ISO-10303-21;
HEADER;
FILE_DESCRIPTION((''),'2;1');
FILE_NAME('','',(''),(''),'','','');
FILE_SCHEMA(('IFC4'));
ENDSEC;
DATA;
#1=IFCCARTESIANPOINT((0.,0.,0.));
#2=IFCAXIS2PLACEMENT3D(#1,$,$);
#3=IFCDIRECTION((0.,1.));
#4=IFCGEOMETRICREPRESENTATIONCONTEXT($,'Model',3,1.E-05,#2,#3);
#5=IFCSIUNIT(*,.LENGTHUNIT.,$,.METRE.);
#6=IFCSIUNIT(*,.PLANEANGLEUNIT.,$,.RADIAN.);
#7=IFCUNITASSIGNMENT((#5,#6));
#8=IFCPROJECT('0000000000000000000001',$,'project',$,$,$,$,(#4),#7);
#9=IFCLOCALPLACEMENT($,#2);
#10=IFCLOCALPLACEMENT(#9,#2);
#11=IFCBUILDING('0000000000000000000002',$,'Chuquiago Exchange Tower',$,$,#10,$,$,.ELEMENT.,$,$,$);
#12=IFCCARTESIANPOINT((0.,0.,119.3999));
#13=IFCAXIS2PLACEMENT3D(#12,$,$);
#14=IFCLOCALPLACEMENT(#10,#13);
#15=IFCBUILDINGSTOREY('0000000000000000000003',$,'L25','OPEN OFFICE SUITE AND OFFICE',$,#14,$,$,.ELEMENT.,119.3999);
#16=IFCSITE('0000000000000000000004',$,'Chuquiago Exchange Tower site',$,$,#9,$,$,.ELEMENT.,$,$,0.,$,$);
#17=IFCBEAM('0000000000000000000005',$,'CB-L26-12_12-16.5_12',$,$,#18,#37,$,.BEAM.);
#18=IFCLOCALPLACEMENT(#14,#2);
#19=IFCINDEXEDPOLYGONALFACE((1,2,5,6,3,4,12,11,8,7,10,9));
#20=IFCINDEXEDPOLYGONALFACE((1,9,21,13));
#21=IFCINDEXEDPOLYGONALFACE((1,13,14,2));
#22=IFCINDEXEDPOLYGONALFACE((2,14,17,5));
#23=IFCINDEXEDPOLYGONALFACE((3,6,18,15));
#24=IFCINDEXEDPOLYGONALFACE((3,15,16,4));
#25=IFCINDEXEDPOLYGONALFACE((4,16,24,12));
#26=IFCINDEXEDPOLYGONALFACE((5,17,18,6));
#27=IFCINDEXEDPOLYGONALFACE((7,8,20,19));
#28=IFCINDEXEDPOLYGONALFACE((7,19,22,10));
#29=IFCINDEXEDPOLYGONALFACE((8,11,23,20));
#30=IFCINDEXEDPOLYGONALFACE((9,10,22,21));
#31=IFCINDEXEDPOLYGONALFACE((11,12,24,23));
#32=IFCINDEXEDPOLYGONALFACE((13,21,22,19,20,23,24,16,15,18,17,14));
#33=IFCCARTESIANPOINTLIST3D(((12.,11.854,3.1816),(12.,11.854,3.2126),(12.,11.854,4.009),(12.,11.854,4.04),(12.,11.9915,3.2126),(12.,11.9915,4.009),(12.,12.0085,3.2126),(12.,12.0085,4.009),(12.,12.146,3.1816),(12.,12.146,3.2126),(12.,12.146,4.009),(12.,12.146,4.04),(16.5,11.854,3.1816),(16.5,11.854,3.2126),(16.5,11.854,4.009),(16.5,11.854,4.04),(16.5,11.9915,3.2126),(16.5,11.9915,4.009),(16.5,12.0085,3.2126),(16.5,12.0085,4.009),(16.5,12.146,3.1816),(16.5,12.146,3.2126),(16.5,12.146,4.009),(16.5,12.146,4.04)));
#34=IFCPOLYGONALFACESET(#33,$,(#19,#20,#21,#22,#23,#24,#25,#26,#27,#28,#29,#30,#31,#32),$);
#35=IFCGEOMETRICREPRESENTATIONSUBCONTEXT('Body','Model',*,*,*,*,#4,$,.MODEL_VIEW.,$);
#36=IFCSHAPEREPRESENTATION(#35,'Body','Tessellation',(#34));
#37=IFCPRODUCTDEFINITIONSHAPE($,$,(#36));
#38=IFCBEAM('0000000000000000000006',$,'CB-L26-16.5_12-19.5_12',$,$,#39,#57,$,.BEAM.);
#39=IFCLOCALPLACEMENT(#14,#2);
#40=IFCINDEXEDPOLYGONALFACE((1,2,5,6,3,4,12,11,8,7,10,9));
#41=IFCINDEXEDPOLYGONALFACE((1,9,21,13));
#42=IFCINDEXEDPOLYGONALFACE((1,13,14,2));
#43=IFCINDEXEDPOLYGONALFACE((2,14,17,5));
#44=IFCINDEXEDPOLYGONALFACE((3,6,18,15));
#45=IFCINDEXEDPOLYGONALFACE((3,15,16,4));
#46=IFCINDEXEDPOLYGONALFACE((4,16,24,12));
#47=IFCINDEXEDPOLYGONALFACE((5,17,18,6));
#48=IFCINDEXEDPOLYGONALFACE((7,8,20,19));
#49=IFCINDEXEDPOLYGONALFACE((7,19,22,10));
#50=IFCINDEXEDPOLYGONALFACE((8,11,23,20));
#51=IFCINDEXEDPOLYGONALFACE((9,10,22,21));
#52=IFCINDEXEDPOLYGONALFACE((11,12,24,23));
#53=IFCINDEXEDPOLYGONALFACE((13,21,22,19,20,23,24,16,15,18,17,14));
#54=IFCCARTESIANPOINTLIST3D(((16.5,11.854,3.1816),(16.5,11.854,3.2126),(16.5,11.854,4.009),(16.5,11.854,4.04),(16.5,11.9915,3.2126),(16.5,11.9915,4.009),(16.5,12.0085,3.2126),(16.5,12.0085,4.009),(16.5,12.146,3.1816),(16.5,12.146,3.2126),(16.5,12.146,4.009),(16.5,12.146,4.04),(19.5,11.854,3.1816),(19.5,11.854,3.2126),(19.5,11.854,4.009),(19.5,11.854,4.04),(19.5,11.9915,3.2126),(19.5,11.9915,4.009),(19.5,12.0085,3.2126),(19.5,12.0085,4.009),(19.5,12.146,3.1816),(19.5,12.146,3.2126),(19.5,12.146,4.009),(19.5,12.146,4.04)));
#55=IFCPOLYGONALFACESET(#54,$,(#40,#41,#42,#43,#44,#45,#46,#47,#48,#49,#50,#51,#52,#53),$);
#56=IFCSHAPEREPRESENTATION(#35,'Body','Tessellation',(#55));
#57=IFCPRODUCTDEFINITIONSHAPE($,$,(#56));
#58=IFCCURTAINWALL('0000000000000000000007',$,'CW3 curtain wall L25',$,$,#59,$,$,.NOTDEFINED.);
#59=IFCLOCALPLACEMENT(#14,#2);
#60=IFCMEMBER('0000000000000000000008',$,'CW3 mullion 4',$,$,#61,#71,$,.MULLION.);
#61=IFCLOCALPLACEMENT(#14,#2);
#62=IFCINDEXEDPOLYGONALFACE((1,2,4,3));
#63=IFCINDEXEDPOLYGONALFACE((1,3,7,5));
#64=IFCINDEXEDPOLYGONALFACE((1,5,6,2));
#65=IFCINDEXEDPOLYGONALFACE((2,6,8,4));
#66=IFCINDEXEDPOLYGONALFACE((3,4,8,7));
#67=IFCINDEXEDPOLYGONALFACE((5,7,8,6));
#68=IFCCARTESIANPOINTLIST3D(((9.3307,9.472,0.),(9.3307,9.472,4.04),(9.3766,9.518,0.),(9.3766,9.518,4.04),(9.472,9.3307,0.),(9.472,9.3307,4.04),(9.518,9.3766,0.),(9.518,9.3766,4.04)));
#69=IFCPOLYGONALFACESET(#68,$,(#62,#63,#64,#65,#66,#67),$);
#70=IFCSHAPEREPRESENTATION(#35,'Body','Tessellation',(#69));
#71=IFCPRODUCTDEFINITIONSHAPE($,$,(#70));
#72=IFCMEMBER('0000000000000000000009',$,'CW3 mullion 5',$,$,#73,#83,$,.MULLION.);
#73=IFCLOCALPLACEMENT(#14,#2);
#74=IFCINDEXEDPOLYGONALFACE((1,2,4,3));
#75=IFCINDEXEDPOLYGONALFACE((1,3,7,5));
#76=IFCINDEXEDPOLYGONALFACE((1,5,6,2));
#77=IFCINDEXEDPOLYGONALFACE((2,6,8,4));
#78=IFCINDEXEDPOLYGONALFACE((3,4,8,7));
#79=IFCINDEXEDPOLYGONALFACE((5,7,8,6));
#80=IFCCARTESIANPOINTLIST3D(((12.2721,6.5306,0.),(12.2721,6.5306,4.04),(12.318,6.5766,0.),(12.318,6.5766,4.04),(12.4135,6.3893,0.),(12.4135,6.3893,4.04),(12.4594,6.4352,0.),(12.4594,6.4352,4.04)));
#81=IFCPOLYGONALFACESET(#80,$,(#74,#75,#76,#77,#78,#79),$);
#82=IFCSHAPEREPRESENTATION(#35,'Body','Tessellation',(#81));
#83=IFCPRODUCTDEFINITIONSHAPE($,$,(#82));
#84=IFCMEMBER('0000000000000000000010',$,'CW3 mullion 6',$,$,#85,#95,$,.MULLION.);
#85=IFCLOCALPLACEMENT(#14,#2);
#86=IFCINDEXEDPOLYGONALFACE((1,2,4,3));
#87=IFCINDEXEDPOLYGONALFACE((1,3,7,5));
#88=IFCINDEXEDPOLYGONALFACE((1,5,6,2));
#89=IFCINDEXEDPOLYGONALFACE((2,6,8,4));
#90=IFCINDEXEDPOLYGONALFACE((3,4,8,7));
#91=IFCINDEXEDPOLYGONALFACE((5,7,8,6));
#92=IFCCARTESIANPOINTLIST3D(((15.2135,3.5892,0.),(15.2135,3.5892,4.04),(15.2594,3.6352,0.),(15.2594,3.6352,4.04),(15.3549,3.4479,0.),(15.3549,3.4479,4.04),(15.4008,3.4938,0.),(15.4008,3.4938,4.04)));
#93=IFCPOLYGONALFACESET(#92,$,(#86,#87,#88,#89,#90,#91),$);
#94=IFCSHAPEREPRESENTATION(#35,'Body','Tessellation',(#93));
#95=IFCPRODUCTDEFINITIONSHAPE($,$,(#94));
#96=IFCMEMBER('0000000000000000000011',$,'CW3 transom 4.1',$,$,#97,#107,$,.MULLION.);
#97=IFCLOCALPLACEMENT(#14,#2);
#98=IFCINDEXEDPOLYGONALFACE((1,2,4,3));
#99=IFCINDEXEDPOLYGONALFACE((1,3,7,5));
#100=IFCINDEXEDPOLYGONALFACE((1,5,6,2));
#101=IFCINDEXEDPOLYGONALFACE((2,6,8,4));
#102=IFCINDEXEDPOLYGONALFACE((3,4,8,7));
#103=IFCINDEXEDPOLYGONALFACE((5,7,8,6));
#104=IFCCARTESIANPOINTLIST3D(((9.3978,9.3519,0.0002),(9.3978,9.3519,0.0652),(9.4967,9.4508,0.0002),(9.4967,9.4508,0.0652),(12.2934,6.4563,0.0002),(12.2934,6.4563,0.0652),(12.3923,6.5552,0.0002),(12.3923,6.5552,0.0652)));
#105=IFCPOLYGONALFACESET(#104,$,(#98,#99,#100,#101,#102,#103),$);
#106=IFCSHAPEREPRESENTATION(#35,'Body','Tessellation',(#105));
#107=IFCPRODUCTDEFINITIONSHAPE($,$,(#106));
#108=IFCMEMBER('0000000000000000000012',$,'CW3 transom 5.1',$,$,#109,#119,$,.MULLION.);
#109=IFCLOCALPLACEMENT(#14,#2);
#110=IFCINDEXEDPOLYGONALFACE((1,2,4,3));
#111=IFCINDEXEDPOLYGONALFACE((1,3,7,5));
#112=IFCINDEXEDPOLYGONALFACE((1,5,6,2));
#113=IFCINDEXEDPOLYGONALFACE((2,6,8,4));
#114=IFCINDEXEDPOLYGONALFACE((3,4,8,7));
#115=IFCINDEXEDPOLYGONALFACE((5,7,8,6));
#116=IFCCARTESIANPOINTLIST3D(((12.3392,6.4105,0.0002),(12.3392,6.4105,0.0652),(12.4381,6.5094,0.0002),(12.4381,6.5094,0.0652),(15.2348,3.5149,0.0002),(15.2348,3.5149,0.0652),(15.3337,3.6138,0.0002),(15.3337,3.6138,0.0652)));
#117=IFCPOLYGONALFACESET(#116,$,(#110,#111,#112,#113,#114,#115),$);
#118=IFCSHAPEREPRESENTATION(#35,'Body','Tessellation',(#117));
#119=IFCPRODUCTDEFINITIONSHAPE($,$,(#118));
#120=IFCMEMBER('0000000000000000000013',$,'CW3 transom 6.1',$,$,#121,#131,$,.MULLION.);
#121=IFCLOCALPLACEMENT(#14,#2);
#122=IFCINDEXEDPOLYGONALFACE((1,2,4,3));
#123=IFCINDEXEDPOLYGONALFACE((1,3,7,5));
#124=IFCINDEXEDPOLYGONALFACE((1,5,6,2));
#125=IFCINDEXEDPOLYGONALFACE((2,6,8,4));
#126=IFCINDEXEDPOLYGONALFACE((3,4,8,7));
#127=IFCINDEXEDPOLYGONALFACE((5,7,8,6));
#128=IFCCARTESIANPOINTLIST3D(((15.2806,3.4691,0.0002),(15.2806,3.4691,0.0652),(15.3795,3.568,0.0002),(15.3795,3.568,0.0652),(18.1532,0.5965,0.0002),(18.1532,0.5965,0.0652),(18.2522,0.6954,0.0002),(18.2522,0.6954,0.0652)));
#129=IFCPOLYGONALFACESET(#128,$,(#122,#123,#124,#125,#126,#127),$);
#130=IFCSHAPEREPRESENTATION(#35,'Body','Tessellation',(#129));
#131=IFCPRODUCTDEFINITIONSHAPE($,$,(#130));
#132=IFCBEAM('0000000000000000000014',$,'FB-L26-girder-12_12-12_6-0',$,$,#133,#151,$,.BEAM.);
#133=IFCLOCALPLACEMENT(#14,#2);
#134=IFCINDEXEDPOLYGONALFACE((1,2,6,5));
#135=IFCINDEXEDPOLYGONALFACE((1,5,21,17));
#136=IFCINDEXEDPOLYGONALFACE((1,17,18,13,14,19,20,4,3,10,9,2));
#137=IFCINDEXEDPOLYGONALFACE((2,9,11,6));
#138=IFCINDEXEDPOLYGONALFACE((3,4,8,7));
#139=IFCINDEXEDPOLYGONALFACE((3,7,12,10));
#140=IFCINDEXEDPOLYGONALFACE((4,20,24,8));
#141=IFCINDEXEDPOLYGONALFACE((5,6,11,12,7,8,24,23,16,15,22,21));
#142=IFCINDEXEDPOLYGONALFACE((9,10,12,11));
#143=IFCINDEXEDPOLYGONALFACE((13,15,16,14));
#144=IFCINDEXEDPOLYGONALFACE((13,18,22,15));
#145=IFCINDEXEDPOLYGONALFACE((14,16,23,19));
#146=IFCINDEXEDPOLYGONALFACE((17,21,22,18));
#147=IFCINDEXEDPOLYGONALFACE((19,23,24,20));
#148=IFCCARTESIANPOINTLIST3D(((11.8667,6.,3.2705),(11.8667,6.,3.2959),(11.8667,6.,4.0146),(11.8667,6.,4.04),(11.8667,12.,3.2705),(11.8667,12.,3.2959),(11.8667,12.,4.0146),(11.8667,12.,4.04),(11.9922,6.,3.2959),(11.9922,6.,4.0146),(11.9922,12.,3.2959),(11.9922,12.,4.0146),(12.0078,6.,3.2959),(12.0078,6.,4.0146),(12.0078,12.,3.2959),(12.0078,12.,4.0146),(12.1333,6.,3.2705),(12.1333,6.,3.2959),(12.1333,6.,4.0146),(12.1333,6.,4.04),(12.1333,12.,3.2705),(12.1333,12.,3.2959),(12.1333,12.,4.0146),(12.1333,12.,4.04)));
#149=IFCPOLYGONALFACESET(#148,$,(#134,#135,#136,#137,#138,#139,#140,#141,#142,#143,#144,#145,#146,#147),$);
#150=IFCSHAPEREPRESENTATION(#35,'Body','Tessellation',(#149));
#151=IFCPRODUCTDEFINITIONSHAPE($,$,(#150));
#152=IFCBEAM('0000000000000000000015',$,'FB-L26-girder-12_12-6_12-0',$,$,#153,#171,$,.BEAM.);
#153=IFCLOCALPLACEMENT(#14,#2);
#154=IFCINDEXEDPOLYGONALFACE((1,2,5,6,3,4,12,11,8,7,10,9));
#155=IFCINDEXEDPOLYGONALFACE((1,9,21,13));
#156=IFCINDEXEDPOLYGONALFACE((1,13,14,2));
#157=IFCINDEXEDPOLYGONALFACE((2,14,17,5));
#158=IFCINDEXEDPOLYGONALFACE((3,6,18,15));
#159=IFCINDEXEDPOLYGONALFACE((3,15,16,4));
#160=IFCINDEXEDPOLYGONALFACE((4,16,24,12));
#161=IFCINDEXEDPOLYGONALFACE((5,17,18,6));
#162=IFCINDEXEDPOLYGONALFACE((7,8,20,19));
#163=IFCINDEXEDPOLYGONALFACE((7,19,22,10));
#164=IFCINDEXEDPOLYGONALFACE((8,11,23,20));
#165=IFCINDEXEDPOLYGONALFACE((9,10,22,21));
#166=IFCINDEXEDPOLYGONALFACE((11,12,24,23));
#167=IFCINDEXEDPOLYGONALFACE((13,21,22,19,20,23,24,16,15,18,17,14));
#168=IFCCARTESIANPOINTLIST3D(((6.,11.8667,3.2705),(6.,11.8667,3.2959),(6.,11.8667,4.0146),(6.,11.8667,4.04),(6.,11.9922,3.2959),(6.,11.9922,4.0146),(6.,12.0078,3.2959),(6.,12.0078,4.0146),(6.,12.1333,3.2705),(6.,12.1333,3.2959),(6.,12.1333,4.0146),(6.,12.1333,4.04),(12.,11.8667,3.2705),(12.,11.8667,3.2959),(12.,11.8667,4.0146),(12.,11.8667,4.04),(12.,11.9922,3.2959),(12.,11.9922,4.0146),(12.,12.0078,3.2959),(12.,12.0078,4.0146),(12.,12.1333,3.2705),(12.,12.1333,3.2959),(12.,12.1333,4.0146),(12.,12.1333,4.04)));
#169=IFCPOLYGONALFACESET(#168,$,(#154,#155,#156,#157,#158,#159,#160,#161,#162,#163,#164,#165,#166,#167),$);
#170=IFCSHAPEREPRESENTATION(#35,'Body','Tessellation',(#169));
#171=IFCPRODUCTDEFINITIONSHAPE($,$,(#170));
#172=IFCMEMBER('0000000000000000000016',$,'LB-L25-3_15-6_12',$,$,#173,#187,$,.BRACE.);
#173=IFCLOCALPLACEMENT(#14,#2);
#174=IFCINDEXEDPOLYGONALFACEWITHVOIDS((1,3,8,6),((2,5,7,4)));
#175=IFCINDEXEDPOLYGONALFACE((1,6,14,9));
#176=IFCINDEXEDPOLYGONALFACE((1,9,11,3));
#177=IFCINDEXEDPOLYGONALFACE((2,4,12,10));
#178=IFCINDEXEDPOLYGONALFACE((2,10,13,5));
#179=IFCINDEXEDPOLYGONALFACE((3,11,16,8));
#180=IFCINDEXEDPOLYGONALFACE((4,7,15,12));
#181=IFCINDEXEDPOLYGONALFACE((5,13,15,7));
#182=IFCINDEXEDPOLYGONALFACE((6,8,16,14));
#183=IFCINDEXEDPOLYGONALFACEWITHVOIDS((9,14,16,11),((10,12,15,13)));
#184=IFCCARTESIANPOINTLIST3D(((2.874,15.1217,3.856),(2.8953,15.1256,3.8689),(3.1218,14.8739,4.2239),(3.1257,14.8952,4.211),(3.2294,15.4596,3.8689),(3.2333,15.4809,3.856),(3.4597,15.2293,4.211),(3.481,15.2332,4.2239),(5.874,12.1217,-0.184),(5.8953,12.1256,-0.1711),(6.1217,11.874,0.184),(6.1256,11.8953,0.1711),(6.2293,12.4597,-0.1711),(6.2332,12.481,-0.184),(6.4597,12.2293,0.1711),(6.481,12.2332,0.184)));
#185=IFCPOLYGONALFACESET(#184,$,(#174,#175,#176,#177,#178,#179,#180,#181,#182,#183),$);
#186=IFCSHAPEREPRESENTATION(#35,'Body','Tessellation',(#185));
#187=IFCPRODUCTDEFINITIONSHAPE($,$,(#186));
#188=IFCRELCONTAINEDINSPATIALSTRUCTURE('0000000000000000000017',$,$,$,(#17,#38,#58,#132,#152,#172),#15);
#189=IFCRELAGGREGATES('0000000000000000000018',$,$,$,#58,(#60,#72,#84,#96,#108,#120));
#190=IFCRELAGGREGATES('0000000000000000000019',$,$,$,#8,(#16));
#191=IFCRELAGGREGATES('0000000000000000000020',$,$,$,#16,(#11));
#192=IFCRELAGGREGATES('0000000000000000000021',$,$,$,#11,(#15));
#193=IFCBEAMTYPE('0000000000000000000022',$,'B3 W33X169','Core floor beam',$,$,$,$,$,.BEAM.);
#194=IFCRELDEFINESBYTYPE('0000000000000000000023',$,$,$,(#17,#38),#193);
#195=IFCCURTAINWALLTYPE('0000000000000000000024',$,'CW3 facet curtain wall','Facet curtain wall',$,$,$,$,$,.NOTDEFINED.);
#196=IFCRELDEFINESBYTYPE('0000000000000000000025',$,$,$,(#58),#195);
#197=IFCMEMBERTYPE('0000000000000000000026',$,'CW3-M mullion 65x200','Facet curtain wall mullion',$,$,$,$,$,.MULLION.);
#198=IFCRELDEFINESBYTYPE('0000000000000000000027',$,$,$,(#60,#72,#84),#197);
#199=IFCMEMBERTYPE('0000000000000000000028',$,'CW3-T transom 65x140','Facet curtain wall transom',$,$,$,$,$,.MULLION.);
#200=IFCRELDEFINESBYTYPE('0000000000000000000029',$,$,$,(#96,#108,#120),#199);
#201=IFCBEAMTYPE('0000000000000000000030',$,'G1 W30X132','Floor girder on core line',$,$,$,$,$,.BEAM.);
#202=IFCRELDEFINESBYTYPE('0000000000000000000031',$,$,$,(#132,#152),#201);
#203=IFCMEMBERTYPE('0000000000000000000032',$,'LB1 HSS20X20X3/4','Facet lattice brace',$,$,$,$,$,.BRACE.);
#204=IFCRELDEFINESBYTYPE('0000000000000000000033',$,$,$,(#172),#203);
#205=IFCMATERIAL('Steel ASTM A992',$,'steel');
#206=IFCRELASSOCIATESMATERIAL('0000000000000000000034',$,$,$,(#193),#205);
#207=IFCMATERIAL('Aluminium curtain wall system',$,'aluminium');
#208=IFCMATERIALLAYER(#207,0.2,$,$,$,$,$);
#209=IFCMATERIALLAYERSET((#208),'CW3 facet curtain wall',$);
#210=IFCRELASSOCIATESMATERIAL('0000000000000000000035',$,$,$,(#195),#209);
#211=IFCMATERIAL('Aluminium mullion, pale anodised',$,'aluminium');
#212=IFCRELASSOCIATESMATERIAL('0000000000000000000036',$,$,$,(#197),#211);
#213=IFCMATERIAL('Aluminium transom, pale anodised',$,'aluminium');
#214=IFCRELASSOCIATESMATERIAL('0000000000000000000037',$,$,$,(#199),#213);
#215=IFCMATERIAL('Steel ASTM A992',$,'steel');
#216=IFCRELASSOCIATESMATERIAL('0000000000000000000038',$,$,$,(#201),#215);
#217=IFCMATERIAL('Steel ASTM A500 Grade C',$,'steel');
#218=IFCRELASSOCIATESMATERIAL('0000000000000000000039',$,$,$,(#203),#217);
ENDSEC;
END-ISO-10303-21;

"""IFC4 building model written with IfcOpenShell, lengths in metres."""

from ifc_helpers import new_model, si_unit, direction, frame, origin, origin_2d, place, context, subcontext, project, spatial, rectangle, hollow_rectangle, i_section, extrude, material, layer, layer_set, material_profile, profile_set, type_object, element, aggregate, save


model = new_model("IFC4")

# Units and contexts
model_context = context("Model", 3, precision=1e-05, world=origin(), true_north=direction((0.0, 1.0)))
body_context = subcontext(model_context, "Body", "Model", "MODEL_VIEW")
ifc_project = project(units=[si_unit("LENGTHUNIT", "METRE"), si_unit("PLANEANGLEUNIT", "RADIAN")], contexts=[model_context])

# Site, building, storey
site_placement = place(None, origin())
site = spatial("IfcSite", under=ifc_project, at=site_placement, Name="Chuquiago Exchange Tower site", CompositionType="ELEMENT", RefElevation=0.0)
building_placement = place(site_placement, origin())
building = spatial("IfcBuilding", under=site, at=building_placement, Name="Chuquiago Exchange Tower", CompositionType="ELEMENT")
storey_placement = place(building_placement, frame((0.0, 0.0, 119.3999)))
storey = spatial("IfcBuildingStorey", under=building, at=storey_placement, Name="L25", Description="OPEN OFFICE SUITE AND OFFICE", CompositionType="ELEMENT", Elevation=119.3999)

# Beams
ifc_material_1 = material(Name="Steel ASTM A992", Category="steel")
ifc_material_profile_1 = material_profile(ifc_material_1, i_section(OverallWidth=0.292, OverallDepth=0.8584, WebThickness=0.0171, FlangeThickness=0.031, at=origin_2d()), Name="W33X169")
ifc_profile_set_1 = profile_set([ifc_material_profile_1], Name="Steel ASTM A992")
beam_type_1 = type_object("IfcBeamType", Name="B3 W33X169", Description="Core floor beam", PredefinedType="BEAM", material=ifc_profile_set_1)
beam_1_placement = place(storey_placement, frame((12.0, 12.0, 3.6108), z_axis=(1.0, 0.0, 0.0), x_axis=(0.0, 1.0, 0.0)))
element("IfcBeam", 1, at=beam_1_placement, inside=storey, type_object=beam_type_1, Name="CB-L26-12_12-16.5_12", PredefinedType="BEAM", context=body_context, shape_type="SweptSolid", body=[
    extrude(i_section(OverallWidth=0.292, OverallDepth=0.8584, WebThickness=0.0171, FlangeThickness=0.031, at=origin_2d()), origin(), (0.0, 0.0, 1.0), 4.5),
])
beam_2_placement = place(storey_placement, frame((16.5, 12.0, 3.6108), z_axis=(1.0, 0.0, 0.0), x_axis=(0.0, 1.0, 0.0)))
element("IfcBeam", 2, at=beam_2_placement, inside=storey, type_object=beam_type_1, Name="CB-L26-16.5_12-19.5_12", PredefinedType="BEAM", context=body_context, shape_type="SweptSolid", body=[
    extrude(i_section(OverallWidth=0.292, OverallDepth=0.8584, WebThickness=0.0171, FlangeThickness=0.031, at=origin_2d()), origin(), (0.0, 0.0, 1.0), 3.0),
])

# Curtain wall, members
ifc_material_2 = material(Name="Aluminium curtain wall system", Category="aluminium")
ifc_layer_1 = layer(ifc_material_2, 0.2)
ifc_layer_set_1 = layer_set([ifc_layer_1], Name="CW3 facet curtain wall")
curtain_wall_type = type_object("IfcCurtainWallType", Name="CW3 facet curtain wall", Description="Facet curtain wall", PredefinedType="NOTDEFINED", material=ifc_layer_set_1)
curtain_wall_placement = place(storey_placement, origin())
curtain_wall = element("IfcCurtainWall", 3, at=curtain_wall_placement, inside=storey, type_object=curtain_wall_type, Name="CW3 curtain wall L25", PredefinedType="NOTDEFINED")
ifc_material_3 = material(Name="Aluminium mullion, pale anodised", Category="aluminium")
ifc_material_profile_2 = material_profile(ifc_material_3, rectangle(XDim=0.0649, YDim=0.2, at=origin_2d()), Name="AL 65x200")
ifc_profile_set_2 = profile_set([ifc_material_profile_2], Name="Aluminium mullion, pale anodised")
member_type_1 = type_object("IfcMemberType", Name="CW3-M mullion 65x200", Description="Facet curtain wall mullion", PredefinedType="MULLION", material=ifc_profile_set_2)
member_1_placement = place(storey_placement, frame((9.4243, 9.4243, 0.0), z_axis=(0.0, 0.0, 1.0), x_axis=(0.707107, 0.707107, 0.0)))
member_1 = element("IfcMember", 4, at=member_1_placement, type_object=member_type_1, Name="CW3 mullion 4", PredefinedType="MULLION", context=body_context, shape_type="SweptSolid", body=[
    extrude(rectangle(XDim=0.0649, YDim=0.2, at=origin_2d()), origin(), (0.0, 0.0, 1.0), 4.04),
])
member_2_placement = place(storey_placement, frame((12.3657, 6.4829, 0.0), z_axis=(0.0, 0.0, 1.0), x_axis=(0.707107, 0.707107, 0.0)))
member_2 = element("IfcMember", 5, at=member_2_placement, type_object=member_type_1, Name="CW3 mullion 5", PredefinedType="MULLION", context=body_context, shape_type="SweptSolid", body=[
    extrude(rectangle(XDim=0.0649, YDim=0.2, at=origin_2d()), origin(), (0.0, 0.0, 1.0), 4.04),
])
member_3_placement = place(storey_placement, frame((15.3071, 3.5415, 0.0), z_axis=(0.0, 0.0, 1.0), x_axis=(0.707107, 0.707107, 0.0)))
member_3 = element("IfcMember", 6, at=member_3_placement, type_object=member_type_1, Name="CW3 mullion 6", PredefinedType="MULLION", context=body_context, shape_type="SweptSolid", body=[
    extrude(rectangle(XDim=0.0649, YDim=0.2, at=origin_2d()), origin(), (0.0, 0.0, 1.0), 4.04),
])
ifc_material_4 = material(Name="Aluminium transom, pale anodised", Category="aluminium")
ifc_material_profile_3 = material_profile(ifc_material_4, rectangle(XDim=0.1399, YDim=0.0649, at=origin_2d()), Name="AL 140x65")
ifc_profile_set_3 = profile_set([ifc_material_profile_3], Name="Aluminium transom, pale anodised")
member_type_2 = type_object("IfcMemberType", Name="CW3-T transom 65x140", Description="Facet curtain wall transom", PredefinedType="MULLION", material=ifc_profile_set_3)
member_4_placement = place(storey_placement, frame((9.4473, 9.4014, 0.0327), z_axis=(0.707107, -0.707107, 0.0), x_axis=(0.707107, 0.707107, 0.0)))
member_4 = element("IfcMember", 7, at=member_4_placement, type_object=member_type_2, Name="CW3 transom 4.1", PredefinedType="MULLION", context=body_context, shape_type="SweptSolid", body=[
    extrude(rectangle(XDim=0.1399, YDim=0.0649, at=origin_2d()), origin(), (0.0, 0.0, 1.0), 4.095),
])
member_5_placement = place(storey_placement, frame((12.3887, 6.46, 0.0327), z_axis=(0.707107, -0.707107, 0.0), x_axis=(0.707107, 0.707107, 0.0)))
member_5 = element("IfcMember", 8, at=member_5_placement, type_object=member_type_2, Name="CW3 transom 5.1", PredefinedType="MULLION", context=body_context, shape_type="SweptSolid", body=[
    extrude(rectangle(XDim=0.1399, YDim=0.0649, at=origin_2d()), origin(), (0.0, 0.0, 1.0), 4.095),
])
member_6_placement = place(storey_placement, frame((15.3301, 3.5186, 0.0327), z_axis=(0.707107, -0.707107, 0.0), x_axis=(0.707107, 0.707107, 0.0)))
member_6 = element("IfcMember", 9, at=member_6_placement, type_object=member_type_2, Name="CW3 transom 6.1", PredefinedType="MULLION", context=body_context, shape_type="SweptSolid", body=[
    extrude(rectangle(XDim=0.1399, YDim=0.0649, at=origin_2d()), origin(), (0.0, 0.0, 1.0), 4.0625),
])

# Beams
ifc_material_5 = material(Name="Steel ASTM A992", Category="steel")
ifc_material_profile_4 = material_profile(ifc_material_5, i_section(OverallWidth=0.2666, OverallDepth=0.7695, WebThickness=0.0156, FlangeThickness=0.0254, at=origin_2d()), Name="W30X132")
ifc_profile_set_4 = profile_set([ifc_material_profile_4], Name="Steel ASTM A992")
beam_type_2 = type_object("IfcBeamType", Name="G1 W30X132", Description="Floor girder on core line", PredefinedType="BEAM", material=ifc_profile_set_4)
for number, where, z_axis, x_axis, name in (
    (10, (12.0, 12.0, 3.6553), (0.0, -1.0, 0.0), (1.0, 0.0, 0.0), "FB-L26-girder-12_12-12_6-0"),
    (11, (12.0, 12.0, 3.6553), (-1.0, 0.0, 0.0), (0.0, -1.0, 0.0), "FB-L26-girder-12_12-6_12-0"),
):
    element("IfcBeam", number, at=place(storey_placement, frame(where, z_axis=z_axis, x_axis=x_axis)), inside=storey, type_object=beam_type_2, Name=name, PredefinedType="BEAM", context=body_context, shape_type="SweptSolid", body=[
        extrude(i_section(OverallWidth=0.2666, OverallDepth=0.7695, WebThickness=0.0156, FlangeThickness=0.0254, at=origin_2d()), origin(), (0.0, 0.0, 1.0), 6.0),
    ])

# Member
ifc_material_6 = material(Name="Steel ASTM A500 Grade C", Category="steel")
ifc_material_profile_5 = material_profile(ifc_material_6, hollow_rectangle(XDim=0.5081, YDim=0.5081, WallThickness=0.0178, at=origin_2d()), Name="HSS20X20X3/4")
ifc_profile_set_5 = profile_set([ifc_material_profile_5], Name="Steel ASTM A500 Grade C")
member_type_3 = type_object("IfcMemberType", Name="LB1 HSS20X20X3/4", Description="Facet lattice brace", PredefinedType="BRACE", material=ifc_profile_set_5)
for number, where, z_axis, x_axis, name in (
    (12, (6.1775, 12.1775, 0.0), (-0.512077, 0.512077, 0.689604), (-0.707107, -0.707107, 0.0), "LB-L25-3_15-6_12"),
):
    element("IfcMember", number, at=place(storey_placement, frame(where, z_axis=z_axis, x_axis=x_axis)), inside=storey, type_object=member_type_3, Name=name, PredefinedType="BRACE", context=body_context, shape_type="SweptSolid", body=[
        extrude(hollow_rectangle(XDim=0.5081, YDim=0.5081, WallThickness=0.0178, at=origin_2d()), origin(), (0.0, 0.0, 1.0), 5.8584),
    ])

aggregate(curtain_wall, [member_1, member_2, member_3, member_4, member_5, member_6])

save(model, "model.ifc")
